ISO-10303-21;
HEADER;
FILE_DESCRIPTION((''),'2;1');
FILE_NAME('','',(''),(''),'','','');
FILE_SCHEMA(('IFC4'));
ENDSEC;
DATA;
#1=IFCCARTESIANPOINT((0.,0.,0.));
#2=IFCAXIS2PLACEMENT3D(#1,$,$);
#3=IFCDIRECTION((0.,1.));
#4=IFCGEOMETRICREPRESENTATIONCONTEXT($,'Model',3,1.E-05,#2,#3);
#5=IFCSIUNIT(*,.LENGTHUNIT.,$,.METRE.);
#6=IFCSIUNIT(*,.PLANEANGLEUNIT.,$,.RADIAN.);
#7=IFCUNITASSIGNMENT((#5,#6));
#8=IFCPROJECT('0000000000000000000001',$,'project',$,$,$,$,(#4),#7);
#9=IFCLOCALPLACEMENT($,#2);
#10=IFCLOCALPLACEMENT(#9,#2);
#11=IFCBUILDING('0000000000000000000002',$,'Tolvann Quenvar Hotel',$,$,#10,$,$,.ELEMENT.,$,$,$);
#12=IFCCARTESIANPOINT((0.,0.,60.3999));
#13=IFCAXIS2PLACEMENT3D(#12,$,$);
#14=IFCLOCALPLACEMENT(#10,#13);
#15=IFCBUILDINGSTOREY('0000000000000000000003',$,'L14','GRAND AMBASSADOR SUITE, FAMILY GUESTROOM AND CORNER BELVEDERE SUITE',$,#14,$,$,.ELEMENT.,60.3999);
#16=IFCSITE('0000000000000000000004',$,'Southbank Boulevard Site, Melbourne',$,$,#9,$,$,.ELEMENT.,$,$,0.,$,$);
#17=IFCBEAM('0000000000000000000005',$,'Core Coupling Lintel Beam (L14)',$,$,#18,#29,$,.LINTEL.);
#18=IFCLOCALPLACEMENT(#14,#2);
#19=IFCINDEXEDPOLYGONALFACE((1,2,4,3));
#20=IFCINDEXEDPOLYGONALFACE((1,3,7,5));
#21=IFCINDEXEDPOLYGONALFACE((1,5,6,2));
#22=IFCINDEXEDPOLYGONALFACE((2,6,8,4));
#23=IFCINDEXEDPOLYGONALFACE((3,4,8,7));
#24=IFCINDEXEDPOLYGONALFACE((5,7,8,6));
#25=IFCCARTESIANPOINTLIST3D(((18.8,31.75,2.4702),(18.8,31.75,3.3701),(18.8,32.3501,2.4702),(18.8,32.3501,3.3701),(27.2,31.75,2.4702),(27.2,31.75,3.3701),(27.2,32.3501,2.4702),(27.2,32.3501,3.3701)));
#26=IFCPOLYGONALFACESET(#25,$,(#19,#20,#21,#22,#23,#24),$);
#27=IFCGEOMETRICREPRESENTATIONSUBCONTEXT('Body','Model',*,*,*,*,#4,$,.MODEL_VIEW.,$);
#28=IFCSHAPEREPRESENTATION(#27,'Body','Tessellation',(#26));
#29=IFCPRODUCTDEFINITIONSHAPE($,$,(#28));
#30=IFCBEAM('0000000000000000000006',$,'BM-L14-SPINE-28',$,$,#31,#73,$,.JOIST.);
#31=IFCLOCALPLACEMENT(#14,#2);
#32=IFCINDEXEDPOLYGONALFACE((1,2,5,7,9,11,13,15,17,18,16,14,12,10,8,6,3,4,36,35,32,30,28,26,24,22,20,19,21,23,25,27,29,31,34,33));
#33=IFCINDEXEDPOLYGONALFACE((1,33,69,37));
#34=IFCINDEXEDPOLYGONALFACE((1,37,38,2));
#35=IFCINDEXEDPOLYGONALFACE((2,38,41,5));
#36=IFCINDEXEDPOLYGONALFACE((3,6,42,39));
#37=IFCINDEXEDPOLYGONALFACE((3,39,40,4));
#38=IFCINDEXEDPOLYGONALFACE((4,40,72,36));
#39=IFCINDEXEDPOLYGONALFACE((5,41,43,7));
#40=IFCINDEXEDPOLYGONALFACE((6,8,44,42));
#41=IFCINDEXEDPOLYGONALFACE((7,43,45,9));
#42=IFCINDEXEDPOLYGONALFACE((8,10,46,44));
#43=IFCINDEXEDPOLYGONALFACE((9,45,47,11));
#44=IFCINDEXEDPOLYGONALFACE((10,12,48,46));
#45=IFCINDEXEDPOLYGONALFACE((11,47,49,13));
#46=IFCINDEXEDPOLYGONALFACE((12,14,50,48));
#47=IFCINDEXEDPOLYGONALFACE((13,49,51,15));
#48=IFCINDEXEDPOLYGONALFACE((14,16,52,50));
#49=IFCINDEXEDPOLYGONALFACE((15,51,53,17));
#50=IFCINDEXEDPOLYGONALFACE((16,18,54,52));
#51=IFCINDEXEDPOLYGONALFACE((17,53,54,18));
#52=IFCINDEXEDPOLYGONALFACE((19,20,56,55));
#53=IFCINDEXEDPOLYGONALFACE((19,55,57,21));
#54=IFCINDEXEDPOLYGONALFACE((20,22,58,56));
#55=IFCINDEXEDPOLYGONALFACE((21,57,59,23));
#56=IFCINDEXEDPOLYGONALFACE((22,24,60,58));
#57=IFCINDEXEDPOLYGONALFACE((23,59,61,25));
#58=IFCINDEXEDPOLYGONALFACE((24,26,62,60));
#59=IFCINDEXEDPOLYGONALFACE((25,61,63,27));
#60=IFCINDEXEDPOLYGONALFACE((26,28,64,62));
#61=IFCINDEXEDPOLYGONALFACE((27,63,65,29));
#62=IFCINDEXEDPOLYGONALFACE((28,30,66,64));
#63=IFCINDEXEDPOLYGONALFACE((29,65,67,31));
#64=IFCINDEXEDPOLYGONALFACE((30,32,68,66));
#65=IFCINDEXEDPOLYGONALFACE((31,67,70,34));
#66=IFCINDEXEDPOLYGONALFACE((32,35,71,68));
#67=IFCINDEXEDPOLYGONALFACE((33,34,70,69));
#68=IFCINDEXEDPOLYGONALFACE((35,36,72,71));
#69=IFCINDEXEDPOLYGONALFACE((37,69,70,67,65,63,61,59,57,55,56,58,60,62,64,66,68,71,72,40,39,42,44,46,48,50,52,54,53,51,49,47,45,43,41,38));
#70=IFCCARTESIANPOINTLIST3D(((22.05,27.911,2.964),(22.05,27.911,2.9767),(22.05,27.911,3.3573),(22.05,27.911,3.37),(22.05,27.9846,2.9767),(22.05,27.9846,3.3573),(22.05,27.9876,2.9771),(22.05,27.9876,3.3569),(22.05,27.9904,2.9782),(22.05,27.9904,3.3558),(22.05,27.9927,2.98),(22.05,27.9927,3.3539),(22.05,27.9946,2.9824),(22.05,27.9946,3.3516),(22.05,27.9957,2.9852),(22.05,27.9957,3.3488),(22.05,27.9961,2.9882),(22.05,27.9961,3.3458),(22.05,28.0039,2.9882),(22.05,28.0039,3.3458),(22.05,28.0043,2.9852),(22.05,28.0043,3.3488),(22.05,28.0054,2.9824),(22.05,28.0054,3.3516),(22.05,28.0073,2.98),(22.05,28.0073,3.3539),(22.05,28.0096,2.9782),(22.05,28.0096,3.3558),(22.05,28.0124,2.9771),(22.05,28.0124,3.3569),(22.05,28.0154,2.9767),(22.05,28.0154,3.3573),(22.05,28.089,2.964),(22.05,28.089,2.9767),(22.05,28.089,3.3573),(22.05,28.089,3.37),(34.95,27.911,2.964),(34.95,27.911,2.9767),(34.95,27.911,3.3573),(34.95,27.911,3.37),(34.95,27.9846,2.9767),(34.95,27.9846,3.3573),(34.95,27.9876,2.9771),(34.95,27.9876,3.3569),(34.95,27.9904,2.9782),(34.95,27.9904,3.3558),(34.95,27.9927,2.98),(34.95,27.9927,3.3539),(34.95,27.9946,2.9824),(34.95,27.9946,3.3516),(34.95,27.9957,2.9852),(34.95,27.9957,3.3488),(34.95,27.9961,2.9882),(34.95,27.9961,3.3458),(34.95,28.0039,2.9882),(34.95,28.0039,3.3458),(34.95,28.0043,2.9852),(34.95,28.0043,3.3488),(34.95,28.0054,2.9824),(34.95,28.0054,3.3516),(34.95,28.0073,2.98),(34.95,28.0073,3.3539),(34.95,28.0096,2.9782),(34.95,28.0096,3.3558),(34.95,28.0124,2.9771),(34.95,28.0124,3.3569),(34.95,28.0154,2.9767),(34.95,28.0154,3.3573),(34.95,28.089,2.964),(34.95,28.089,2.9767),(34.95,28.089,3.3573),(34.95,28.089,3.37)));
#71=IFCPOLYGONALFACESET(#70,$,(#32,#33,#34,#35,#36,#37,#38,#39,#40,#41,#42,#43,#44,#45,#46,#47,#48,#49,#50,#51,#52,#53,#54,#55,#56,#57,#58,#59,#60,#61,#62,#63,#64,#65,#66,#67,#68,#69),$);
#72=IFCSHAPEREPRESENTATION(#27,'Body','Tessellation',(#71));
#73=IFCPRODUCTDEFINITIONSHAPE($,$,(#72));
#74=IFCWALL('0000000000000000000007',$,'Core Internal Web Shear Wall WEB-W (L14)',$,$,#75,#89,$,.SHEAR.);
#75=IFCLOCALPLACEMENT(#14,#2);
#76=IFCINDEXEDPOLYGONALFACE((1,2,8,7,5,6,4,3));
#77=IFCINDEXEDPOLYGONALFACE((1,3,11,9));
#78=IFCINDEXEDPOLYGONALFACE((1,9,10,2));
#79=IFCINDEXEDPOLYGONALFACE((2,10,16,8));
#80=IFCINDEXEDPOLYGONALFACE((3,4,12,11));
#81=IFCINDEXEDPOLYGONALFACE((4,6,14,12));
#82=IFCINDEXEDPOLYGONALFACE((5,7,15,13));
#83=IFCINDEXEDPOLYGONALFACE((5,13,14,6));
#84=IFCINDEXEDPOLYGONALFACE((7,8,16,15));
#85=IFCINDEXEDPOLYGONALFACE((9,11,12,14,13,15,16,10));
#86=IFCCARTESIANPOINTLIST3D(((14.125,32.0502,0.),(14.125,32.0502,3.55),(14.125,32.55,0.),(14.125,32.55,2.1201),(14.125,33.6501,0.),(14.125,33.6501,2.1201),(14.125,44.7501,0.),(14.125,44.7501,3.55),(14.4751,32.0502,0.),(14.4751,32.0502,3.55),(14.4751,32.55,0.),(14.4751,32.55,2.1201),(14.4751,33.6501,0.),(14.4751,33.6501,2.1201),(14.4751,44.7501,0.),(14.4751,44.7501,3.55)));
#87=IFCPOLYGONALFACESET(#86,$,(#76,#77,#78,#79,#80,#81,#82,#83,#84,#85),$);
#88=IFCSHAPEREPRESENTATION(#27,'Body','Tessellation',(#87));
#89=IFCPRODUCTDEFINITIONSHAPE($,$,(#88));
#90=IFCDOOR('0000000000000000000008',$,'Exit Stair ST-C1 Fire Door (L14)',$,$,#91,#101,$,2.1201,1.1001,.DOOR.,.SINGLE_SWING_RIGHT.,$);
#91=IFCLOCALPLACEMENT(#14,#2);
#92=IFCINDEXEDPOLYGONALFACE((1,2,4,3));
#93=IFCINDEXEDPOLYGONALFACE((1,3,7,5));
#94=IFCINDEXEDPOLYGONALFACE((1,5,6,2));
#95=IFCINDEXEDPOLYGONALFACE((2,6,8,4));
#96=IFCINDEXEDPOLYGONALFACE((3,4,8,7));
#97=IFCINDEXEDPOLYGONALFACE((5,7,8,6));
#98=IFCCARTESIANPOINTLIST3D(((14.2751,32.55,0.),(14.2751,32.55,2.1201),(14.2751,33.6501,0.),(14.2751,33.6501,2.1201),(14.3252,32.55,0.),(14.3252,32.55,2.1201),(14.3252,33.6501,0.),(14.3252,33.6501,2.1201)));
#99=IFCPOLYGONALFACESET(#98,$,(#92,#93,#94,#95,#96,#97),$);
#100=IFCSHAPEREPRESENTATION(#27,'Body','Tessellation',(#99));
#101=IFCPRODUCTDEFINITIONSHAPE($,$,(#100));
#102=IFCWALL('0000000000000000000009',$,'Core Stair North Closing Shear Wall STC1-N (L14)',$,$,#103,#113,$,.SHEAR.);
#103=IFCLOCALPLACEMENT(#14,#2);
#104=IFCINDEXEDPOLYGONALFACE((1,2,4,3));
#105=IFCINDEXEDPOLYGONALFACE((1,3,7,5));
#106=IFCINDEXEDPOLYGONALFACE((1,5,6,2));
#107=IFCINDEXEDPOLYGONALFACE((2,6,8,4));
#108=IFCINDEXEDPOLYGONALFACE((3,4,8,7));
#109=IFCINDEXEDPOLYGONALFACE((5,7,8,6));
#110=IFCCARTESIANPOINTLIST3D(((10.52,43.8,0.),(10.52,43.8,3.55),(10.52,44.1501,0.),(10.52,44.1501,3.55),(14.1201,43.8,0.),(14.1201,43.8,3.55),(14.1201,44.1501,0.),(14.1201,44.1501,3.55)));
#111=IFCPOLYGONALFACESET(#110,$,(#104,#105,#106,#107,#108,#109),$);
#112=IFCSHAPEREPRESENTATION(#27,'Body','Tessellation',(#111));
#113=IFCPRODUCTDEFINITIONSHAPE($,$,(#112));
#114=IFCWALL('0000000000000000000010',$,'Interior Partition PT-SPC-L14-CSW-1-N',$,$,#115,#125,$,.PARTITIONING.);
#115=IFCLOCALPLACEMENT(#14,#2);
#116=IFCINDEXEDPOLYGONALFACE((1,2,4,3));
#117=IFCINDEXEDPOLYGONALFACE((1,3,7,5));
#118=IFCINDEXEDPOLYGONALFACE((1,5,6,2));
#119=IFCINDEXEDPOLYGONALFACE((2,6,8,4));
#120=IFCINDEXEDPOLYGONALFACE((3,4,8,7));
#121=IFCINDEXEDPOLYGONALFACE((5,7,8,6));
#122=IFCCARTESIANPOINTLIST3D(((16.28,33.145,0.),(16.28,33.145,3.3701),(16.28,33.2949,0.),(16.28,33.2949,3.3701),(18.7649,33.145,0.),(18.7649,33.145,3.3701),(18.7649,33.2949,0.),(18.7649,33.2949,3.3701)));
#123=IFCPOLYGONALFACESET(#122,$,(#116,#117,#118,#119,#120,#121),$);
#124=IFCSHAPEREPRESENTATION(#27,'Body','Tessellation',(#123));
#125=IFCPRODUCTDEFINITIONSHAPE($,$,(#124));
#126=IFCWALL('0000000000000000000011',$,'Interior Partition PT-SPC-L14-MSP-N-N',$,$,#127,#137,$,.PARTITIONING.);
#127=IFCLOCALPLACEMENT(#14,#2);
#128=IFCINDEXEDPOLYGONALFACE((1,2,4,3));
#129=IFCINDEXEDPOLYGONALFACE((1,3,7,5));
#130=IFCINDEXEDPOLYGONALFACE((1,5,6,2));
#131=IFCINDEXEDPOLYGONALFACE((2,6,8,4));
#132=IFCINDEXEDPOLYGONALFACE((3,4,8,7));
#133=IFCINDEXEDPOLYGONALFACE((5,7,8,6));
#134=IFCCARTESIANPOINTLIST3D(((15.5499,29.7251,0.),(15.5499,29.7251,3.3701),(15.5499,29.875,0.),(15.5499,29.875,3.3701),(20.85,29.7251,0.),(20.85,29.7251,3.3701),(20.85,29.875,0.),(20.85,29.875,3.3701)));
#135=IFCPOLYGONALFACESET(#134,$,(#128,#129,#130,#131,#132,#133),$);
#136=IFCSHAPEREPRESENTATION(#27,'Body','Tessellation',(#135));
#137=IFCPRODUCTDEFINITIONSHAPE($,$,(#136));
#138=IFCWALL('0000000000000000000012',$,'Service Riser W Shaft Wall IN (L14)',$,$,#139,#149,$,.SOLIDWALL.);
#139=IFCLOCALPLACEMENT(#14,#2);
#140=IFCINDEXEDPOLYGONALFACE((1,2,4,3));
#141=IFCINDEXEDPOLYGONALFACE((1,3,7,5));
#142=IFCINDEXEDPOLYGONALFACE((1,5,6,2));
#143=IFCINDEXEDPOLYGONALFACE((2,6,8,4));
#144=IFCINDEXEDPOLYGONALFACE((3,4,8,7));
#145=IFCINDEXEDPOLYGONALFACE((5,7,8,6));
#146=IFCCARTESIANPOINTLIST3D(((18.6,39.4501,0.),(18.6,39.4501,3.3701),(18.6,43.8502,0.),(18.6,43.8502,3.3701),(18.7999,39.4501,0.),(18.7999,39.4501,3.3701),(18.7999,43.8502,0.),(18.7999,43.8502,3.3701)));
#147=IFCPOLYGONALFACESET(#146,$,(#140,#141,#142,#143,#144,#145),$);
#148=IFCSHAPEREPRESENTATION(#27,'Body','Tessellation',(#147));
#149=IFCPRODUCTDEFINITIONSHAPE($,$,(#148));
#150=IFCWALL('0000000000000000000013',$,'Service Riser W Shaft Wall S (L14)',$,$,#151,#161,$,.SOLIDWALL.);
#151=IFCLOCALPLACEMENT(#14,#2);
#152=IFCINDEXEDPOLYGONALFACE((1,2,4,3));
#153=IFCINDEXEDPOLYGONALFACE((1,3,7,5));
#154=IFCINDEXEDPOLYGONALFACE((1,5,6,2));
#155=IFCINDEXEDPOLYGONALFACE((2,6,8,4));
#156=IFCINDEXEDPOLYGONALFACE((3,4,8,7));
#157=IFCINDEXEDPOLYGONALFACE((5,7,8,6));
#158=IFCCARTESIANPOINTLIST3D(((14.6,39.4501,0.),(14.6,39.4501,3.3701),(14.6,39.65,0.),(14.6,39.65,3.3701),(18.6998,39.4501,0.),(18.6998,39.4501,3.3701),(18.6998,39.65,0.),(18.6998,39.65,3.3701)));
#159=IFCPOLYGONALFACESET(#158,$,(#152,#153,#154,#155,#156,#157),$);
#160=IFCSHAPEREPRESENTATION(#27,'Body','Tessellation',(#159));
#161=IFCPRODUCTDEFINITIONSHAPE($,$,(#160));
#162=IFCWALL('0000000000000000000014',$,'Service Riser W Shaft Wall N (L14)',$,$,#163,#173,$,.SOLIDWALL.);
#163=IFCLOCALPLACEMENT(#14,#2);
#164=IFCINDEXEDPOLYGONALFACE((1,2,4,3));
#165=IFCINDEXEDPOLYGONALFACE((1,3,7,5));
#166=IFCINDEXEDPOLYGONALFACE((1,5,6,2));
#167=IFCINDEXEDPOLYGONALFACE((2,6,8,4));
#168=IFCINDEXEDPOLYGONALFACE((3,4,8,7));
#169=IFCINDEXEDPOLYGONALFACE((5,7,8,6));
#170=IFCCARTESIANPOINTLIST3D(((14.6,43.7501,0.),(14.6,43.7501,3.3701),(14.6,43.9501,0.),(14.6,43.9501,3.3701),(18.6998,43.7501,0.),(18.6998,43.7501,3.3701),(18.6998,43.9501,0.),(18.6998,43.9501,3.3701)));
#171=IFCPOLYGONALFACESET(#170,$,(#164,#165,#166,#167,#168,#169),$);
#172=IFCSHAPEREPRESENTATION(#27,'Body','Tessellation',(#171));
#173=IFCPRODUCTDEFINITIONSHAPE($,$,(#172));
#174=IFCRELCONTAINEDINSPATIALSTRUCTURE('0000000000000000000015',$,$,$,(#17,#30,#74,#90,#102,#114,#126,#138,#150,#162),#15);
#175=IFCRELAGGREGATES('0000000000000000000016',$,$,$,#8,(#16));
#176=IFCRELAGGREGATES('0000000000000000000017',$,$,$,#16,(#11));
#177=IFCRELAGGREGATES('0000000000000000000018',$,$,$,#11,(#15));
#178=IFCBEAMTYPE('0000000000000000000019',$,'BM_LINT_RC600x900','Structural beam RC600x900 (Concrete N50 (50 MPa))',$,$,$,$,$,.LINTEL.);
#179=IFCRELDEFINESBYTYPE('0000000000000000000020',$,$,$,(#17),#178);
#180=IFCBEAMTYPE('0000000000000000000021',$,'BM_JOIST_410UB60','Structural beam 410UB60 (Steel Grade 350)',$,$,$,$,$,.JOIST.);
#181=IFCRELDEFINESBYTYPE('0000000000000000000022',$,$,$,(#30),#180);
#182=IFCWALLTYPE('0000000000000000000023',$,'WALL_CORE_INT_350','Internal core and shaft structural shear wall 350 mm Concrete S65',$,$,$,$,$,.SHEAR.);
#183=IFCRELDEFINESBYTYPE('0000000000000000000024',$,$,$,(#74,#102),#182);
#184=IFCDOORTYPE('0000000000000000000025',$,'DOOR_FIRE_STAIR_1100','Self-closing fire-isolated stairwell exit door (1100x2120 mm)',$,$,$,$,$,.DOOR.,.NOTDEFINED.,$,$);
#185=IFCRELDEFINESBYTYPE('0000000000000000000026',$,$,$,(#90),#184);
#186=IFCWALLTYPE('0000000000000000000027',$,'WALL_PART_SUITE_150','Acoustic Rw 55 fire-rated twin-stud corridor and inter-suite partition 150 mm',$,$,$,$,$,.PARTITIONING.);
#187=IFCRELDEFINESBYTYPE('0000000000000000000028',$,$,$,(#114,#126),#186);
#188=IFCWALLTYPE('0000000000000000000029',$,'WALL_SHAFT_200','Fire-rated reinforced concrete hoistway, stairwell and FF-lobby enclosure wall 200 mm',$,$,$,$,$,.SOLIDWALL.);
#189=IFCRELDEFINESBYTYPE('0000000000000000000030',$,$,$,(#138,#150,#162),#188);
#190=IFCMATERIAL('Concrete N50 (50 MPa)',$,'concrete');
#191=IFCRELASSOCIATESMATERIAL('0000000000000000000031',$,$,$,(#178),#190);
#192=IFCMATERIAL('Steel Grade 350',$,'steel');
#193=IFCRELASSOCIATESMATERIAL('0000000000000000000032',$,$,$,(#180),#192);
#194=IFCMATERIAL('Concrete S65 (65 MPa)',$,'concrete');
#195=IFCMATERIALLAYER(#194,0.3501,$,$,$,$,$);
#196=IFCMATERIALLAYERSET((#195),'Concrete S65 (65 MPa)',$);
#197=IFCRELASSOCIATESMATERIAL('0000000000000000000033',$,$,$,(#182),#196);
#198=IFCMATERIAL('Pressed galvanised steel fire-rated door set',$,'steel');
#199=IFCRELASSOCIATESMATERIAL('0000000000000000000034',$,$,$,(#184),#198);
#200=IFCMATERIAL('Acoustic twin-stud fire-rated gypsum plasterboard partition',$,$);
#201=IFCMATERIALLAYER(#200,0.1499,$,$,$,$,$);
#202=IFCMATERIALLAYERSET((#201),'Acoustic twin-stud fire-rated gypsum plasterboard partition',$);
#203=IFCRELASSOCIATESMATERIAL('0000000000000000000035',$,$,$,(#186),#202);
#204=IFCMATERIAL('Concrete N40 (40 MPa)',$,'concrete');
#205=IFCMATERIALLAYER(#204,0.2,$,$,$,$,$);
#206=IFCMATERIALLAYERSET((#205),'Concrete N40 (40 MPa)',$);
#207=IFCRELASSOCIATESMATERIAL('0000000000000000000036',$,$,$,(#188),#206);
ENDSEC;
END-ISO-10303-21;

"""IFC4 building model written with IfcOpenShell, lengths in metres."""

from ifc_helpers import new_model, si_unit, direction, frame, frame_2d, origin, origin_2d, place, context, subcontext, project, spatial, rectangle, i_section, extrude, source, transform, mapped, material, layer, layer_set, material_profile, profile_set, type_object, type_shapes, element, fill, save


model = new_model("IFC4")

# Units and contexts
model_context = context("Model", 3, precision=1e-05, world=origin(), true_north=direction((0.0, 1.0)))
body_context = subcontext(model_context, "Body", "Model", "MODEL_VIEW")
ifc_project = project(units=[si_unit("LENGTHUNIT", "METRE"), si_unit("PLANEANGLEUNIT", "RADIAN")], contexts=[model_context])

# Site, building, storey
site_placement = place(None, origin())
site = spatial("IfcSite", under=ifc_project, at=site_placement, Name="Southbank Boulevard Site, Melbourne", CompositionType="ELEMENT", RefElevation=0.0)
building_placement = place(site_placement, origin())
building = spatial("IfcBuilding", under=site, at=building_placement, Name="Tolvann Quenvar Hotel", CompositionType="ELEMENT")
storey_placement = place(building_placement, frame((0.0, 0.0, 60.3999)))
storey = spatial("IfcBuildingStorey", under=building, at=storey_placement, Name="L14", Description="GRAND AMBASSADOR SUITE, FAMILY GUESTROOM AND CORNER BELVEDERE SUITE", CompositionType="ELEMENT", Elevation=60.3999)

# Beams
ifc_material_1 = material(Name="Concrete N50 (50 MPa)", Category="concrete")
ifc_material_profile_1 = material_profile(ifc_material_1, rectangle(XDim=0.6001, YDim=0.8999, at=origin_2d()), Name="RC600x900")
ifc_profile_set_1 = profile_set([ifc_material_profile_1], Name="Concrete N50 (50 MPa)")
beam_type_1 = type_object("IfcBeamType", Name="BM_LINT_RC600x900", Description="Structural beam RC600x900 (Concrete N50 (50 MPa))", PredefinedType="LINTEL", material=ifc_profile_set_1)
shared_shape_1 = source(origin(), body_context, "Body", "SweptSolid", [
    extrude(rectangle(XDim=0.6001, YDim=0.8999, at=origin_2d()), origin(), (0.0, 0.0, 1.0), 8.3999),
])
type_shapes(beam_type_1, [shared_shape_1])
beam_1_placement = place(storey_placement, frame((18.8, 32.05, 2.9202), z_axis=(1.0, 0.0, 0.0), x_axis=(0.0, 1.0, 0.0)))
element("IfcBeam", 1, at=beam_1_placement, inside=storey, type_object=beam_type_1, Name="Core Coupling Lintel Beam (L14)", PredefinedType="LINTEL", context=body_context, shape_type="MappedRepresentation", body=[
    mapped(shared_shape_1, transform((0.0, 0.0, 0.0), x_axis=(1.0, 0.0, 0.0), y_axis=(0.0, 1.0, 0.0), z_axis=(0.0, 0.0, 1.0), scale=1.0)),
])
ifc_material_2 = material(Name="Steel Grade 350", Category="steel")
ifc_material_profile_2 = material_profile(ifc_material_2, i_section(OverallWidth=0.178, OverallDepth=0.406, WebThickness=0.0078, FlangeThickness=0.0127, FilletRadius=0.0115, at=origin_2d()), Name="410UB60")
ifc_profile_set_2 = profile_set([ifc_material_profile_2], Name="Steel Grade 350")
beam_type_2 = type_object("IfcBeamType", Name="BM_JOIST_410UB60", Description="Structural beam 410UB60 (Steel Grade 350)", PredefinedType="JOIST", material=ifc_profile_set_2)
shared_shape_2 = source(origin(), body_context, "Body", "SweptSolid", [
    extrude(i_section(OverallWidth=0.178, OverallDepth=0.406, WebThickness=0.0078, FlangeThickness=0.0127, FilletRadius=0.0115, at=origin_2d()), origin(), (0.0, 0.0, 1.0), 12.8999),
])
type_shapes(beam_type_2, [shared_shape_2])
beam_2_placement = place(storey_placement, frame((22.05, 28.0, 3.167), z_axis=(1.0, 0.0, 0.0), x_axis=(0.0, 1.0, 0.0)))
element("IfcBeam", 2, at=beam_2_placement, inside=storey, type_object=beam_type_2, Name="BM-L14-SPINE-28", PredefinedType="JOIST", context=body_context, shape_type="MappedRepresentation", body=[
    mapped(shared_shape_2, transform((0.0, 0.0, 0.0), x_axis=(1.0, 0.0, 0.0), y_axis=(0.0, 1.0, 0.0), z_axis=(0.0, 0.0, 1.0), scale=1.0)),
])

# Wall, opening, door
ifc_material_3 = material(Name="Concrete S65 (65 MPa)", Category="concrete")
ifc_layer_1 = layer(ifc_material_3, 0.3501)
ifc_layer_set_1 = layer_set([ifc_layer_1], Name="Concrete S65 (65 MPa)")
wall_type_1 = type_object("IfcWallType", Name="WALL_CORE_INT_350", Description="Internal core and shaft structural shear wall 350 mm Concrete S65", PredefinedType="SHEAR", material=ifc_layer_set_1)
wall_1_placement = place(storey_placement, frame((14.3, 32.05, 0.0), z_axis=(0.0, 0.0, 1.0), x_axis=(0.0, 1.0, 0.0)))
wall_1 = element("IfcWall", 3, at=wall_1_placement, inside=storey, type_object=wall_type_1, Name="Core Internal Web Shear Wall WEB-W (L14)", PredefinedType="SHEAR", context=body_context, shape_type="SweptSolid", body=[
    extrude(rectangle(XDim=12.7, YDim=0.3501, at=frame_2d((6.3501, 0.0))), origin(), (0.0, 0.0, 1.0), 3.55),
])
opening_1_placement = place(wall_1_placement, frame((0.5, 0.0, 0.0)))
opening_1 = element("IfcOpeningElement", 4, at=opening_1_placement, cuts=wall_1, PredefinedType="OPENING", context=body_context, shape_type="SweptSolid", body=[
    extrude(rectangle(XDim=1.1001, YDim=2.1201, at=frame_2d((0.55, 1.0601))), frame((0.0, 0.1851, 0.0), z_axis=(0.0, -1.0, 0.0), x_axis=(1.0, 0.0, 0.0)), (0.0, 0.0, 1.0), 0.3701),
])
ifc_material_4 = material(Name="Pressed galvanised steel fire-rated door set", Category="steel")
door_type_1 = type_object("IfcDoorType", Name="DOOR_FIRE_STAIR_1100", Description="Self-closing fire-isolated stairwell exit door (1100x2120 mm)", OperationType="NOTDEFINED", PredefinedType="DOOR", material=ifc_material_4)
shared_shape_3 = source(origin(), body_context, "Body", "SweptSolid", [
    extrude(rectangle(XDim=1.1001, YDim=2.1201, at=frame_2d((0.55, 1.0601))), frame((0.0, 0.0249, 0.0), z_axis=(0.0, -1.0, 0.0), x_axis=(1.0, 0.0, 0.0)), (0.0, 0.0, 1.0), 0.05),
])
type_shapes(door_type_1, [shared_shape_3])
door_1_placement = place(opening_1_placement, origin())
door_1 = element("IfcDoor", 5, at=door_1_placement, inside=storey, type_object=door_type_1, Name="Exit Stair ST-C1 Fire Door (L14)", OperationType="SINGLE_SWING_RIGHT", OverallHeight=2.1201, OverallWidth=1.1001, PredefinedType="DOOR", context=body_context, shape_type="MappedRepresentation", body=[
    mapped(shared_shape_3, transform((0.0, 0.0, 0.0), x_axis=(1.0, 0.0, 0.0), y_axis=(0.0, 1.0, 0.0), z_axis=(0.0, 0.0, 1.0), scale=1.0)),
])
fill(opening_1, door_1)

# Walls
wall_2_placement = place(storey_placement, frame((10.52, 43.9751, 0.0), z_axis=(0.0, 0.0, 1.0), x_axis=(1.0, 0.0, 0.0)))
element("IfcWall", 6, at=wall_2_placement, inside=storey, type_object=wall_type_1, Name="Core Stair North Closing Shear Wall STC1-N (L14)", PredefinedType="SHEAR", context=body_context, shape_type="SweptSolid", body=[
    extrude(rectangle(XDim=3.6001, YDim=0.3501, at=frame_2d((1.8, 0.0))), origin(), (0.0, 0.0, 1.0), 3.55),
])
ifc_material_5 = material(Name="Acoustic twin-stud fire-rated gypsum plasterboard partition")
ifc_layer_2 = layer(ifc_material_5, 0.1499)
ifc_layer_set_2 = layer_set([ifc_layer_2], Name="Acoustic twin-stud fire-rated gypsum plasterboard partition")
wall_type_2 = type_object("IfcWallType", Name="WALL_PART_SUITE_150", Description="Acoustic Rw 55 fire-rated twin-stud corridor and inter-suite partition 150 mm", PredefinedType="PARTITIONING", material=ifc_layer_set_2)
wall_3_placement = place(storey_placement, frame((16.28, 33.22, 0.0), z_axis=(0.0, 0.0, 1.0), x_axis=(1.0, 0.0, 0.0)))
element("IfcWall", 7, at=wall_3_placement, inside=storey, type_object=wall_type_2, Name="Interior Partition PT-SPC-L14-CSW-1-N", PredefinedType="PARTITIONING", context=body_context, shape_type="SweptSolid", body=[
    extrude(rectangle(XDim=2.4849, YDim=0.1499, at=frame_2d((1.2424, 0.0))), origin(), (0.0, 0.0, 1.0), 3.3701),
])
wall_4_placement = place(storey_placement, frame((15.55, 29.8, 0.0), z_axis=(0.0, 0.0, 1.0), x_axis=(1.0, 0.0, 0.0)))
element("IfcWall", 8, at=wall_4_placement, inside=storey, type_object=wall_type_2, Name="Interior Partition PT-SPC-L14-MSP-N-N", PredefinedType="PARTITIONING", context=body_context, shape_type="SweptSolid", body=[
    extrude(rectangle(XDim=5.3, YDim=0.1499, at=frame_2d((2.6499, 0.0))), origin(), (0.0, 0.0, 1.0), 3.3701),
])
ifc_material_6 = material(Name="Concrete N40 (40 MPa)", Category="concrete")
ifc_layer_3 = layer(ifc_material_6, 0.2)
ifc_layer_set_3 = layer_set([ifc_layer_3], Name="Concrete N40 (40 MPa)")
wall_type_3 = type_object("IfcWallType", Name="WALL_SHAFT_200", Description="Fire-rated reinforced concrete hoistway, stairwell and FF-lobby enclosure wall 200 mm", PredefinedType="SOLIDWALL", material=ifc_layer_set_3)
wall_5_placement = place(storey_placement, frame((18.7, 39.45, 0.0), z_axis=(0.0, 0.0, 1.0), x_axis=(0.0, 1.0, 0.0)))
element("IfcWall", 9, at=wall_5_placement, inside=storey, type_object=wall_type_3, Name="Service Riser W Shaft Wall IN (L14)", PredefinedType="SOLIDWALL", context=body_context, shape_type="SweptSolid", body=[
    extrude(rectangle(XDim=4.4001, YDim=0.2, at=frame_2d((2.2002, 0.0))), origin(), (0.0, 0.0, 1.0), 3.3701),
])
for number, where, z_axis, x_axis, name in (
    (10, (14.6001, 39.55, 0.0), (0.0, 0.0, 1.0), (1.0, 0.0, 0.0), "Service Riser W Shaft Wall S (L14)"),
    (11, (14.6001, 43.8501, 0.0), (0.0, 0.0, 1.0), (1.0, 0.0, 0.0), "Service Riser W Shaft Wall N (L14)"),
):
    element("IfcWall", number, at=place(storey_placement, frame(where, z_axis=z_axis, x_axis=x_axis)), inside=storey, type_object=wall_type_3, Name=name, PredefinedType="SOLIDWALL", context=body_context, shape_type="SweptSolid", body=[
        extrude(rectangle(XDim=4.0999, YDim=0.2, at=frame_2d((2.0498, 0.0))), origin(), (0.0, 0.0, 1.0), 3.3701),
    ])

save(model, "model.ifc")
